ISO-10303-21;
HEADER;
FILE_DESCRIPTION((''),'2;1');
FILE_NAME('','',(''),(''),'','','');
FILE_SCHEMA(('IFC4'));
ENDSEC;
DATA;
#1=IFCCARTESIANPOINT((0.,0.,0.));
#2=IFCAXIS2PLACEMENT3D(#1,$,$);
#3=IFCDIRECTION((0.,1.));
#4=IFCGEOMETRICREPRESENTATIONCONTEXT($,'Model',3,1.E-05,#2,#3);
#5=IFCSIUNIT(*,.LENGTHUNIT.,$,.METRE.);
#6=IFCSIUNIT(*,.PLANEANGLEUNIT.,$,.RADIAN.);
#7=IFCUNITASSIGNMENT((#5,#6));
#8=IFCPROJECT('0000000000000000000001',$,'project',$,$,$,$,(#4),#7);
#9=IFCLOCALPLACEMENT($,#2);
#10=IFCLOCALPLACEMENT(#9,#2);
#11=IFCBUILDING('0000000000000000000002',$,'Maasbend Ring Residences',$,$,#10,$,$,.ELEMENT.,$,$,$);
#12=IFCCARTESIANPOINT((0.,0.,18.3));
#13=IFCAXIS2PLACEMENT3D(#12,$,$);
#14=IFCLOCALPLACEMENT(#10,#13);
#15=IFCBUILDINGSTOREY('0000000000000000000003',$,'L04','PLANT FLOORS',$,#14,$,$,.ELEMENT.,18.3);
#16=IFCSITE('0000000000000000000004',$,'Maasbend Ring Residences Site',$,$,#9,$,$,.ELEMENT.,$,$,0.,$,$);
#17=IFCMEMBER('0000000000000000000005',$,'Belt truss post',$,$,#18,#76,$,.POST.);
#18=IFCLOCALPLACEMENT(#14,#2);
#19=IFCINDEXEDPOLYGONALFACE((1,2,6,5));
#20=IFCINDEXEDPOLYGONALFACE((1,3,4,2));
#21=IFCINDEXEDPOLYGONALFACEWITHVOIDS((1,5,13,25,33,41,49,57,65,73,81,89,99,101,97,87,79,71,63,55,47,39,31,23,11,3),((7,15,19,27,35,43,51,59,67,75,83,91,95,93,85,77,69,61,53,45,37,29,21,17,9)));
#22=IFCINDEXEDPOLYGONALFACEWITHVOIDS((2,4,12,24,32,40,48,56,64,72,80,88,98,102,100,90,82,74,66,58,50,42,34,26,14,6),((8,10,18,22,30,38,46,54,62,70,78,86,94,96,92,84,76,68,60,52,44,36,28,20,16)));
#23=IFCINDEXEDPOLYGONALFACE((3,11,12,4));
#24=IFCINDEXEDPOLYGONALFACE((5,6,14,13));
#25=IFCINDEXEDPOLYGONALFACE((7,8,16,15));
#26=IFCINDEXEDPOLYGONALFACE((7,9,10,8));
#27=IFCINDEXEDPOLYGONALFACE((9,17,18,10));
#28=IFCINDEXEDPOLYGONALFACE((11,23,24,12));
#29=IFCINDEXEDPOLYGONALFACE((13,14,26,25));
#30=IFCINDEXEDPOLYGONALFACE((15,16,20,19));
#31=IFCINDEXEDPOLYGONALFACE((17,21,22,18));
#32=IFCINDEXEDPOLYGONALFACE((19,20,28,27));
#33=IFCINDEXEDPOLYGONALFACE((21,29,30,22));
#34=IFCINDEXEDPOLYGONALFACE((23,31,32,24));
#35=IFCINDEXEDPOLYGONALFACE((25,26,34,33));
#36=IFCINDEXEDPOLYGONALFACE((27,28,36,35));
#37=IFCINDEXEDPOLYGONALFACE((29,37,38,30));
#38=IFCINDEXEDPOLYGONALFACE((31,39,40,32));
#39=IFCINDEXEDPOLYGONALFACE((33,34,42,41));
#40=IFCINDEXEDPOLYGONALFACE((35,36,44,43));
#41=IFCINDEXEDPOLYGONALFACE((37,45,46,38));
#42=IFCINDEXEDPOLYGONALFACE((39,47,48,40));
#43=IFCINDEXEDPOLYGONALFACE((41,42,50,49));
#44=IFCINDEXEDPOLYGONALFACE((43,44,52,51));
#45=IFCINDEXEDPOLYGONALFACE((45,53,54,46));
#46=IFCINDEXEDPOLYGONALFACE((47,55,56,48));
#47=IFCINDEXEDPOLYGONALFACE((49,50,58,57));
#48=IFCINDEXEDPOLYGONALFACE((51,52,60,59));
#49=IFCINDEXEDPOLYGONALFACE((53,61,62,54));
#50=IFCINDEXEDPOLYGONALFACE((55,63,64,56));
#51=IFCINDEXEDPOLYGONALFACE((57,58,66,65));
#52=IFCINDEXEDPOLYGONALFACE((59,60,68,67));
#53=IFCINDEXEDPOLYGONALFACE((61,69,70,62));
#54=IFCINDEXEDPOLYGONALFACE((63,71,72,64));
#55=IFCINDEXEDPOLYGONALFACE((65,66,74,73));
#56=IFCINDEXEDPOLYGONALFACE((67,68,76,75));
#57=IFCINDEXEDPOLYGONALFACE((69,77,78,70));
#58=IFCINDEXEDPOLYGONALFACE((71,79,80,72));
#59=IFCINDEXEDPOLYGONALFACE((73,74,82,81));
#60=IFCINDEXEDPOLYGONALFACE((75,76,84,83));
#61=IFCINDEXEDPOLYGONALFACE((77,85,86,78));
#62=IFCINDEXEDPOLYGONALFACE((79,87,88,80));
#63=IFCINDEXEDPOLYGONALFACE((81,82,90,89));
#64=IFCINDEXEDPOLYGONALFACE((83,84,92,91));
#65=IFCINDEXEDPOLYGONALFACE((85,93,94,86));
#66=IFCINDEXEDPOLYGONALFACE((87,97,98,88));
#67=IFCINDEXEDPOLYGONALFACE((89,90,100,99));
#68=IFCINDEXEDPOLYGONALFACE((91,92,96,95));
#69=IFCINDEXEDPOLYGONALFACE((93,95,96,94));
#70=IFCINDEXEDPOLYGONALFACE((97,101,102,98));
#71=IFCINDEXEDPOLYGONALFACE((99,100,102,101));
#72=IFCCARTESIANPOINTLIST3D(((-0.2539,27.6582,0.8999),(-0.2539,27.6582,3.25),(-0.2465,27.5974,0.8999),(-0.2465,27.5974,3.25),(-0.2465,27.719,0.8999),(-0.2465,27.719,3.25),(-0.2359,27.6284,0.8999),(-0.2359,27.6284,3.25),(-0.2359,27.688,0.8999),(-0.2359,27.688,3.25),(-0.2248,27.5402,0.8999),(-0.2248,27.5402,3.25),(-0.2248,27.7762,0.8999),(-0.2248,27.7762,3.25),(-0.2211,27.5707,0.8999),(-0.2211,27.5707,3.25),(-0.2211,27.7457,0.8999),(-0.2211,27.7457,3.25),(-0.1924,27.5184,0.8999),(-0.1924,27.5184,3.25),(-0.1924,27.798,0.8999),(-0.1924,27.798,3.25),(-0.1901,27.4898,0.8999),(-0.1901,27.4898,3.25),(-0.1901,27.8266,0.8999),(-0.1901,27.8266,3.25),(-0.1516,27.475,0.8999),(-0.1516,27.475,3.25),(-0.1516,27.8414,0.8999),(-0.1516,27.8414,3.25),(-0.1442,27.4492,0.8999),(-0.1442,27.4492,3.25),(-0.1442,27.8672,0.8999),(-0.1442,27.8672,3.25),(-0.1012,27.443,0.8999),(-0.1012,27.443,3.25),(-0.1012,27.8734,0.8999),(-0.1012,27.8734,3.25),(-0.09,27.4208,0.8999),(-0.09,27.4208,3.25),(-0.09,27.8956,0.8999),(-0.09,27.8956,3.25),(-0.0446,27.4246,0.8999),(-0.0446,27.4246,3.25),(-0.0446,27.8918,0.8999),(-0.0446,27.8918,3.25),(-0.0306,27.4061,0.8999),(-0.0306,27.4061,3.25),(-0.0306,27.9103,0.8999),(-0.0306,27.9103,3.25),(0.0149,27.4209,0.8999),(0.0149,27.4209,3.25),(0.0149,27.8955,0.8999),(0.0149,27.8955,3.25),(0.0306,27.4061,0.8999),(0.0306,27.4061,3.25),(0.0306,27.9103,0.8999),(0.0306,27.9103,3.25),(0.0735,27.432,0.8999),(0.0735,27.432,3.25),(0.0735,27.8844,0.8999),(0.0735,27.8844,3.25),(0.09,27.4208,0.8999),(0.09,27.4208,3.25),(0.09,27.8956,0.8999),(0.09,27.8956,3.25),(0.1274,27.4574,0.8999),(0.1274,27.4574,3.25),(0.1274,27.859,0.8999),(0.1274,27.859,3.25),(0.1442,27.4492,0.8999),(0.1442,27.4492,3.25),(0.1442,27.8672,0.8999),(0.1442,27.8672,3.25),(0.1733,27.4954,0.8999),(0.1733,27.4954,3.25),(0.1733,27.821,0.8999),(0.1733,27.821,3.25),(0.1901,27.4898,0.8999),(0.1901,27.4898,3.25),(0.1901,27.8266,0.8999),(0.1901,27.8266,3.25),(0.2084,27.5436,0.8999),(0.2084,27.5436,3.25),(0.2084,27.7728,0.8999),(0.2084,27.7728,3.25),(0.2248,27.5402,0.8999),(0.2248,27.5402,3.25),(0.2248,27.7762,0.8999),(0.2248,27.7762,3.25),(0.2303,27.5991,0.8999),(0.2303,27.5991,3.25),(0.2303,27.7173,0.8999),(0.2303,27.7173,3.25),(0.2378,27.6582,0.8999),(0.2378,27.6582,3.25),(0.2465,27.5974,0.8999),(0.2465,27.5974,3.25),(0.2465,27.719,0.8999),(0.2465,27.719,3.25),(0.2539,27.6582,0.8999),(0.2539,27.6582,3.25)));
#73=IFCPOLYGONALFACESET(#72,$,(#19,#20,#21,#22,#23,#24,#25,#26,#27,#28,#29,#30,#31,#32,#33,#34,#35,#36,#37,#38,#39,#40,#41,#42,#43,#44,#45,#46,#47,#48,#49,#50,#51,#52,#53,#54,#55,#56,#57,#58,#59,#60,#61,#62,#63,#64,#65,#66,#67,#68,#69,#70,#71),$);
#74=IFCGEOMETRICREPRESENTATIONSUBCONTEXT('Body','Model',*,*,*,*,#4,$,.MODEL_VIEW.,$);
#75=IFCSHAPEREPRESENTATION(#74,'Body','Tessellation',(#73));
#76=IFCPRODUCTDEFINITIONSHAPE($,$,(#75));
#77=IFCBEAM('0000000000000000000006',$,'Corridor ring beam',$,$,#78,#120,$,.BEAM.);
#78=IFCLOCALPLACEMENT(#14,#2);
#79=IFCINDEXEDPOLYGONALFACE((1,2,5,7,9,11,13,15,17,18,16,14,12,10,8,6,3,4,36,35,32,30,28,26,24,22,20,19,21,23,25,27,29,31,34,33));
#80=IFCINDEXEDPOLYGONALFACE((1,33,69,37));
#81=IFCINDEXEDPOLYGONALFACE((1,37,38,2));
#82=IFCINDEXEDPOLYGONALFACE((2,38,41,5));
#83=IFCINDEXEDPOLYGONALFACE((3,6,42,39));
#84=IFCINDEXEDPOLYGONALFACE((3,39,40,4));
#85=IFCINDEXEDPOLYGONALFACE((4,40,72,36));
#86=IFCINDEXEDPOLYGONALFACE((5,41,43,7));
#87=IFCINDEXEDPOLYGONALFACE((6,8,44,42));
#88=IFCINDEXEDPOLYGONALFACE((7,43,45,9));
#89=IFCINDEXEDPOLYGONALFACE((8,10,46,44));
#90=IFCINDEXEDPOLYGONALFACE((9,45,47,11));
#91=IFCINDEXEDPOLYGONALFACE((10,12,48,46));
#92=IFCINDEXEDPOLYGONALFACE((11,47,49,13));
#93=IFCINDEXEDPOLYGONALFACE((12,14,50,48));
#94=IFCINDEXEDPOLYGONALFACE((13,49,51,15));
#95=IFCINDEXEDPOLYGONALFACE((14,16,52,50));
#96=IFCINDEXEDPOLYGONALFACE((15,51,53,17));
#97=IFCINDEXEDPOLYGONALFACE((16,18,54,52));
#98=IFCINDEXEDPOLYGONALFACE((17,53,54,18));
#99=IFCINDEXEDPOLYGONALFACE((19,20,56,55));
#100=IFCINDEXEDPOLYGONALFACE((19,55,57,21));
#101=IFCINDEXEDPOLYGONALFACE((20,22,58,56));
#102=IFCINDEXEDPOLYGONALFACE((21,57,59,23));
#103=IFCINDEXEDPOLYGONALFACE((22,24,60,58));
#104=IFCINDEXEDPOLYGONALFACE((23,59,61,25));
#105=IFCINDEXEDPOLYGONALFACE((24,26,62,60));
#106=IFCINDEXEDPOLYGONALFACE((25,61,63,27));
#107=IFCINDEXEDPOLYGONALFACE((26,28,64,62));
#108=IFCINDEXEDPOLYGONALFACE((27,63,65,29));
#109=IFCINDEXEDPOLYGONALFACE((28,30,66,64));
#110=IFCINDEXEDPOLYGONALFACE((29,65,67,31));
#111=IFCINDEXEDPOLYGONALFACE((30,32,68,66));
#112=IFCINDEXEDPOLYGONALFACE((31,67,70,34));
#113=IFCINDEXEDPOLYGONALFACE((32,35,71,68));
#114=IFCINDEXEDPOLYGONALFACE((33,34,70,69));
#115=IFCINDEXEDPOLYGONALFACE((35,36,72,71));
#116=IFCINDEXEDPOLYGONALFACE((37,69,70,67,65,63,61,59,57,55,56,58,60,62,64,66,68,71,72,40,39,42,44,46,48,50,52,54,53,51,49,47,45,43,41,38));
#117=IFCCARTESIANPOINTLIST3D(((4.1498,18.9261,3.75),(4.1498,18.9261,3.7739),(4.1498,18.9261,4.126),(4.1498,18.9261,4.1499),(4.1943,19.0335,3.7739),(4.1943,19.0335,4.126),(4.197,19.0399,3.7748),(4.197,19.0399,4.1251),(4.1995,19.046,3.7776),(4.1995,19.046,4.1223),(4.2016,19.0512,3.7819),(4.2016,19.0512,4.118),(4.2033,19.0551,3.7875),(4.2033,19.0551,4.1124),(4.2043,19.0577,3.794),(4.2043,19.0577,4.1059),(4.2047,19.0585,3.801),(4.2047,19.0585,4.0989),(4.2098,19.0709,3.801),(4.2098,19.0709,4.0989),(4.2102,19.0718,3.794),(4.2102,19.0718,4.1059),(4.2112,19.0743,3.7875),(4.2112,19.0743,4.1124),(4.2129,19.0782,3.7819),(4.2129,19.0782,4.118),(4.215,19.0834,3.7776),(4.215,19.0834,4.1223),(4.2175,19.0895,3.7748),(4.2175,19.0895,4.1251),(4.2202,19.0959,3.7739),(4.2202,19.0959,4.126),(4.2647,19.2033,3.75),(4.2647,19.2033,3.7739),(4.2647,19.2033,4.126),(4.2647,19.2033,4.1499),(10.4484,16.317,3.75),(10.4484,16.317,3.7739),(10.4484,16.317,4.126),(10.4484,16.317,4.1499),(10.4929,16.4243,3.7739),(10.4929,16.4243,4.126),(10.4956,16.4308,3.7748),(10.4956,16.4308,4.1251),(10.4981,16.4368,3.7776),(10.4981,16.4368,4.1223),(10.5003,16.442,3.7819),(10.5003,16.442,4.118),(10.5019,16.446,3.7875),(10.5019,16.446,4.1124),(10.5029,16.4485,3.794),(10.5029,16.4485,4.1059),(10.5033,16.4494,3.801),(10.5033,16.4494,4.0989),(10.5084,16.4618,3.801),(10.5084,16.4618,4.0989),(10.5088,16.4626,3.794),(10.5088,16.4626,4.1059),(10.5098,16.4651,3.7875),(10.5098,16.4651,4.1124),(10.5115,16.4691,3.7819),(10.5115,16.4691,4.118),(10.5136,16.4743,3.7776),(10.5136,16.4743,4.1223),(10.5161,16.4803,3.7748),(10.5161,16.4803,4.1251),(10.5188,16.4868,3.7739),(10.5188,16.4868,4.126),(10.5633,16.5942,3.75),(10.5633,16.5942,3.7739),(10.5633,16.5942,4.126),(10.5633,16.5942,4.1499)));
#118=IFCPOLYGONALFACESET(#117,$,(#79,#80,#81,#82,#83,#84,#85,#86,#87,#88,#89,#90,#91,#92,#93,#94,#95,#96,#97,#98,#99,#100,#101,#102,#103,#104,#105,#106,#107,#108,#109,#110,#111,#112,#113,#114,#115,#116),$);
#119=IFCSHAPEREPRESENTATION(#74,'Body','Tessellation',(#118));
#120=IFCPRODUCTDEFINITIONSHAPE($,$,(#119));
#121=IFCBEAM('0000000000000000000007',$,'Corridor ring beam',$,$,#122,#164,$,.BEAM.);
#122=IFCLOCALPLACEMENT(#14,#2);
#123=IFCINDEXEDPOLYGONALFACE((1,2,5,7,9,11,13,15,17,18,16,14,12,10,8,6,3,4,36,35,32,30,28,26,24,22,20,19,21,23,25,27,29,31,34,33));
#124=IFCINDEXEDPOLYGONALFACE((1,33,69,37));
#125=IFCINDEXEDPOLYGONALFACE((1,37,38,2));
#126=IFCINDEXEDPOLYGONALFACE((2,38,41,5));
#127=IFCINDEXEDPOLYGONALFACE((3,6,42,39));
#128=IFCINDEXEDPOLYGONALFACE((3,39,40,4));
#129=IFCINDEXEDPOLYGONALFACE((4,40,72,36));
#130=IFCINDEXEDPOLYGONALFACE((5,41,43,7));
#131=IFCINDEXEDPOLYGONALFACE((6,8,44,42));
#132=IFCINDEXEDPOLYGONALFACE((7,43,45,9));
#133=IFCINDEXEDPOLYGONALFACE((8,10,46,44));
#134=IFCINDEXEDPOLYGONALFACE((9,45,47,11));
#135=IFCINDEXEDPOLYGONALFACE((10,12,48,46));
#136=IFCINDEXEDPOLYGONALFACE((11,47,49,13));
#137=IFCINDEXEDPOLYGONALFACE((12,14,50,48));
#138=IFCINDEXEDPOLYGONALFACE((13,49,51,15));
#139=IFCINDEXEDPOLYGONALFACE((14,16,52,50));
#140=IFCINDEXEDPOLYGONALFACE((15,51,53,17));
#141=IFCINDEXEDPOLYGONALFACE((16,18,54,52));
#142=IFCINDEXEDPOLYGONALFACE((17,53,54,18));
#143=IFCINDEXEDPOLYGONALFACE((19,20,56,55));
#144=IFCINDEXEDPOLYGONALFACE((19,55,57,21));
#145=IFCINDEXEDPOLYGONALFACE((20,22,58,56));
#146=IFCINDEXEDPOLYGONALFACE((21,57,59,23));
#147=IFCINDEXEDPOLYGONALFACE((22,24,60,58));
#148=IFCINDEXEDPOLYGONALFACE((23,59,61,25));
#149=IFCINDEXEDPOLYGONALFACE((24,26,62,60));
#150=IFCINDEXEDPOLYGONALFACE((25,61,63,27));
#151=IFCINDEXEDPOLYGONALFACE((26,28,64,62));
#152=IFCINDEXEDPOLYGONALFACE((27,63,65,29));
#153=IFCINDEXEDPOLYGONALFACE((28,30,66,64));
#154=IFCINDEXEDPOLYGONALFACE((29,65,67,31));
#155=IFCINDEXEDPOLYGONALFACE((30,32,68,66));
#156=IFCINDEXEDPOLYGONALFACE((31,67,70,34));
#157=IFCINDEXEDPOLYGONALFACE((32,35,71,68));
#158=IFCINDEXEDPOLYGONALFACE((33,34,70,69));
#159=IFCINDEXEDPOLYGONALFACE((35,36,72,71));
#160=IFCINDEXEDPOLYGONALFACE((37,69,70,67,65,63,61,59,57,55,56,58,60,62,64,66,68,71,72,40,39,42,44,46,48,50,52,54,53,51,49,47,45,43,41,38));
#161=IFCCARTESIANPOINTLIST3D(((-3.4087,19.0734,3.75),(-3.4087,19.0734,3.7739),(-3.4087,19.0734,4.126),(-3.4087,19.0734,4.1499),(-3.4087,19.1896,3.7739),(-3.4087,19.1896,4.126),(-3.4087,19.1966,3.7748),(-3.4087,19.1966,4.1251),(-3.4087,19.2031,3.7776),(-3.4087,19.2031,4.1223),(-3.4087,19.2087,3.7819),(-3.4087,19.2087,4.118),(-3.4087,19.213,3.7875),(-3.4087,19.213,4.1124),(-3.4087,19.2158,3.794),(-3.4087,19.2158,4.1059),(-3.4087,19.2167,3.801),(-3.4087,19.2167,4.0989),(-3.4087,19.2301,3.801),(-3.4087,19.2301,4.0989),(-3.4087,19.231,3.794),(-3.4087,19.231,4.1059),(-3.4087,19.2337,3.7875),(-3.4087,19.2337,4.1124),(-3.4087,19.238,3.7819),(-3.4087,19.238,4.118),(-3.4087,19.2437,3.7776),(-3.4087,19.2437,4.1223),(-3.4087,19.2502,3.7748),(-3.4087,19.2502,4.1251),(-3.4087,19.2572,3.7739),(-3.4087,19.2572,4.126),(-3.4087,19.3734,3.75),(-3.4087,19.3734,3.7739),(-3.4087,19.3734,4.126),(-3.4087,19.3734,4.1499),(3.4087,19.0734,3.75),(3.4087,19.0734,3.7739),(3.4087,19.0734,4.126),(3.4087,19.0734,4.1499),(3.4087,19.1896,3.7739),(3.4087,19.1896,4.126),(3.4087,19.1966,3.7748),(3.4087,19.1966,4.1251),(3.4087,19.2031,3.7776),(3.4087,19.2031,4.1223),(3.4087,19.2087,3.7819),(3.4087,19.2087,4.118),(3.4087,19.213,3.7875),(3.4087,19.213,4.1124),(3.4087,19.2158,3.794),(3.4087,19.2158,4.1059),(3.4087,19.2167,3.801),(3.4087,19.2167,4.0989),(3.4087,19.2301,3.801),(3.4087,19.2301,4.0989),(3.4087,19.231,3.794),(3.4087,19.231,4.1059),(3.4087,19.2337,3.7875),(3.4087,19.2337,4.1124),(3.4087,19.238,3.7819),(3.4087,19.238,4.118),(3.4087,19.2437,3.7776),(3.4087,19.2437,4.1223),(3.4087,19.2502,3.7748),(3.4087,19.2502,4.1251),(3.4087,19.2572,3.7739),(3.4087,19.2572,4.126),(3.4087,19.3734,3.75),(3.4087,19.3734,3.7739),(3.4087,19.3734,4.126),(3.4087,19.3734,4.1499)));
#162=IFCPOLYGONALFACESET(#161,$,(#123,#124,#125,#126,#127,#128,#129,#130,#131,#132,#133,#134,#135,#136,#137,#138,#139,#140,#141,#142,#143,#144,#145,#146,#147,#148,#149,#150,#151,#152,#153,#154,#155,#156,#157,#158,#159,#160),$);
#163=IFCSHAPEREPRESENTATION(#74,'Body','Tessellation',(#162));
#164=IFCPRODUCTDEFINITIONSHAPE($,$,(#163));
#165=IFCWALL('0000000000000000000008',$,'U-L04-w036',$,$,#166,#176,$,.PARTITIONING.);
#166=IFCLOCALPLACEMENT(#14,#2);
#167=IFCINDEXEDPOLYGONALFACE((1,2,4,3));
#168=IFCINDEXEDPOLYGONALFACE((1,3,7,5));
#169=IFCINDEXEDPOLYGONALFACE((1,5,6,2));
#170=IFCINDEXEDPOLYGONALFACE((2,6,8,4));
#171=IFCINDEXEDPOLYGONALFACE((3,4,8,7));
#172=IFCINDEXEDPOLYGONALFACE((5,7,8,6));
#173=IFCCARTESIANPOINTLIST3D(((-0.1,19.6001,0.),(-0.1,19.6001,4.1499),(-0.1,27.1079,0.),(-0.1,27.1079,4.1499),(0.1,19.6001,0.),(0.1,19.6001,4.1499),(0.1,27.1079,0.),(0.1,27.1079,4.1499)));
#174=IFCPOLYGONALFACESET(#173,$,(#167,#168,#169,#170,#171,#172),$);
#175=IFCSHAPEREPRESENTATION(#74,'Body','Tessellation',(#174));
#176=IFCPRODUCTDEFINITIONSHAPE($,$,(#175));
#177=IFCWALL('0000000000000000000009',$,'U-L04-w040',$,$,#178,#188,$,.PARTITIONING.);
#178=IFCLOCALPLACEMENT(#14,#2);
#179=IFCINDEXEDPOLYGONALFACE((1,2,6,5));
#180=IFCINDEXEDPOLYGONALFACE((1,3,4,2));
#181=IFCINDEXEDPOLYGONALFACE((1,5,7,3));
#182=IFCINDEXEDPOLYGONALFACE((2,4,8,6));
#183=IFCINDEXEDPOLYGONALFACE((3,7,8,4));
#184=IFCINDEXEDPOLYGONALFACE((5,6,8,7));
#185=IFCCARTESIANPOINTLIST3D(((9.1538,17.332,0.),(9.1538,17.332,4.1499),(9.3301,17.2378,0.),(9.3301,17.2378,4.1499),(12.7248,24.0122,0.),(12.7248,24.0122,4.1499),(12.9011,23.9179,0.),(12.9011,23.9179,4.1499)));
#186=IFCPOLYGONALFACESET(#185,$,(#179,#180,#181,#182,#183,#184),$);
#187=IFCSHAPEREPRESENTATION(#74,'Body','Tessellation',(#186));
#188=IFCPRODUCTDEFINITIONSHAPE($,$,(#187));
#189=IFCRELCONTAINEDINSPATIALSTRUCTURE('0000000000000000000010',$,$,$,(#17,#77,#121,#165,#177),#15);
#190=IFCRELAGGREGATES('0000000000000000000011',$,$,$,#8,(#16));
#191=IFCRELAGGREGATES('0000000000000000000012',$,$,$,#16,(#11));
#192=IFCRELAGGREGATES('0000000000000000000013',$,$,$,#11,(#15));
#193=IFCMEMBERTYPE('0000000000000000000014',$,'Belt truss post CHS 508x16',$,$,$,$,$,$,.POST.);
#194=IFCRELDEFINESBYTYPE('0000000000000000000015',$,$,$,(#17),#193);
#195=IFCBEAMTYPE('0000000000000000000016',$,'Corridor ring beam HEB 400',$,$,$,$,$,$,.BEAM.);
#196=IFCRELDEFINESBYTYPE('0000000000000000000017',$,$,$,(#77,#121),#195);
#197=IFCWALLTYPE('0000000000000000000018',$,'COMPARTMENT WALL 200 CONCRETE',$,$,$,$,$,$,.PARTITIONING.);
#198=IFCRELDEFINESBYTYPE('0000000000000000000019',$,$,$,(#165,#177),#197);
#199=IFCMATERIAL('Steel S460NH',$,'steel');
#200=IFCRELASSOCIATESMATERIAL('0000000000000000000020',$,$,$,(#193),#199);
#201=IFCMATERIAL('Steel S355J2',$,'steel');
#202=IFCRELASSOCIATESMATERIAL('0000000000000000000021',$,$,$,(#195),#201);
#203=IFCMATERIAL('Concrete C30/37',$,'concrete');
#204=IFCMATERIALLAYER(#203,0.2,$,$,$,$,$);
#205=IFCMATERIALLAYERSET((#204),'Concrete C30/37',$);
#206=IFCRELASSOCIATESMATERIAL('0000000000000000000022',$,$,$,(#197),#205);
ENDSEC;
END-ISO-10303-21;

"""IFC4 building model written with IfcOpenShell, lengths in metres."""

from ifc_helpers import new_model, si_unit, direction, frame, frame_2d, origin, origin_2d, place, context, subcontext, project, spatial, rectangle, hollow_circle, i_section, extrude, material, layer, layer_set, material_profile, profile_set, type_object, element, save


model = new_model("IFC4")

# Units and contexts
model_context = context("Model", 3, precision=1e-05, world=origin(), true_north=direction((0.0, 1.0)))
body_context = subcontext(model_context, "Body", "Model", "MODEL_VIEW")
ifc_project = project(units=[si_unit("LENGTHUNIT", "METRE"), si_unit("PLANEANGLEUNIT", "RADIAN")], contexts=[model_context])

# Site, building, storey
site_placement = place(None, origin())
site = spatial("IfcSite", under=ifc_project, at=site_placement, Name="Maasbend Ring Residences Site", CompositionType="ELEMENT", RefElevation=0.0)
building_placement = place(site_placement, origin())
building = spatial("IfcBuilding", under=site, at=building_placement, Name="Maasbend Ring Residences", CompositionType="ELEMENT")
storey_placement = place(building_placement, frame((0.0, 0.0, 18.3)))
storey = spatial("IfcBuildingStorey", under=building, at=storey_placement, Name="L04", Description="PLANT FLOORS", CompositionType="ELEMENT", Elevation=18.3)

# Member
ifc_material_1 = material(Name="Steel S460NH", Category="steel")
ifc_material_profile_1 = material_profile(ifc_material_1, hollow_circle(Radius=0.2539, WallThickness=0.0161, at=origin_2d()), Name="Belt truss post CHS 508x16")
ifc_profile_set_1 = profile_set([ifc_material_profile_1], Name="Steel S460NH")
member_type_1 = type_object("IfcMemberType", Name="Belt truss post CHS 508x16", PredefinedType="POST", material=ifc_profile_set_1)
for number, where, z_axis, x_axis, name in (
    (1, (0.0, 27.6582, 0.8999), (0.0, 0.0, 1.0), (1.0, 0.0, 0.0), "Belt truss post"),
):
    element("IfcMember", number, at=place(storey_placement, frame(where, z_axis=z_axis, x_axis=x_axis)), inside=storey, type_object=member_type_1, Name=name, PredefinedType="POST", context=body_context, shape_type="SweptSolid", body=[
        extrude(hollow_circle(Radius=0.2539, WallThickness=0.0161, at=origin_2d()), origin(), (0.0, 0.0, 1.0), 2.3501),
    ])

# Beams
ifc_material_2 = material(Name="Steel S355J2", Category="steel")
ifc_material_profile_2 = material_profile(ifc_material_2, i_section(OverallWidth=0.3, OverallDepth=0.3999, WebThickness=0.0134, FlangeThickness=0.0239, FilletRadius=0.0271, at=origin_2d()), Name="HEB 400")
ifc_profile_set_2 = profile_set([ifc_material_profile_2], Name="Steel S355J2")
beam_type_1 = type_object("IfcBeamType", Name="Corridor ring beam HEB 400", PredefinedType="BEAM", material=ifc_profile_set_2)
beam_1_placement = place(storey_placement, frame((10.5059, 16.4556, 3.95), z_axis=(-0.923871, 0.382705, 0.0), x_axis=(-0.382705, -0.923871, 0.0)))
element("IfcBeam", 2, at=beam_1_placement, inside=storey, type_object=beam_type_1, Name="Corridor ring beam", PredefinedType="BEAM", context=body_context, shape_type="SweptSolid", body=[
    extrude(i_section(OverallWidth=0.3, OverallDepth=0.3999, WebThickness=0.0134, FlangeThickness=0.0239, FilletRadius=0.0271, at=origin_2d()), origin(), (0.0, 0.0, 1.0), 6.8176),
])
beam_2_placement = place(storey_placement, frame((3.4087, 19.2234, 3.95), z_axis=(-1.0, 0.0, 0.0), x_axis=(0.0, -1.0, 0.0)))
element("IfcBeam", 3, at=beam_2_placement, inside=storey, type_object=beam_type_1, Name="Corridor ring beam", PredefinedType="BEAM", context=body_context, shape_type="SweptSolid", body=[
    extrude(i_section(OverallWidth=0.3, OverallDepth=0.3999, WebThickness=0.0134, FlangeThickness=0.0239, FilletRadius=0.0271, at=origin_2d()), origin(), (0.0, 0.0, 1.0), 6.8174),
])

# Walls
ifc_material_3 = material(Name="Concrete C30/37", Category="concrete")
ifc_layer_1 = layer(ifc_material_3, 0.2)
ifc_layer_set_1 = layer_set([ifc_layer_1], Name="Concrete C30/37")
wall_type_1 = type_object("IfcWallType", Name="COMPARTMENT WALL 200 CONCRETE", PredefinedType="PARTITIONING", material=ifc_layer_set_1)
wall_1_placement = place(storey_placement, frame((0.0, 19.6001, 0.0), z_axis=(0.0, 0.0, 1.0), x_axis=(0.0, 1.0, 0.0)))
element("IfcWall", 4, at=wall_1_placement, inside=storey, type_object=wall_type_1, Name="U-L04-w036", PredefinedType="PARTITIONING", context=body_context, shape_type="SweptSolid", body=[
    extrude(rectangle(XDim=7.5078, YDim=0.2, at=frame_2d((3.7539, 0.0))), origin(), (0.0, 0.0, 1.0), 4.1499),
])
wall_2_placement = place(storey_placement, frame((9.2419, 17.2849, 0.0), z_axis=(0.0, 0.0, 1.0), x_axis=(0.47144, 0.881898, 0.0)))
element("IfcWall", 5, at=wall_2_placement, inside=storey, type_object=wall_type_1, Name="U-L04-w040", PredefinedType="PARTITIONING", context=body_context, shape_type="SweptSolid", body=[
    extrude(rectangle(XDim=7.5747, YDim=0.2, at=frame_2d((3.7874, 0.0))), origin(), (0.0, 0.0, 1.0), 4.1499),
])

save(model, "model.ifc")
